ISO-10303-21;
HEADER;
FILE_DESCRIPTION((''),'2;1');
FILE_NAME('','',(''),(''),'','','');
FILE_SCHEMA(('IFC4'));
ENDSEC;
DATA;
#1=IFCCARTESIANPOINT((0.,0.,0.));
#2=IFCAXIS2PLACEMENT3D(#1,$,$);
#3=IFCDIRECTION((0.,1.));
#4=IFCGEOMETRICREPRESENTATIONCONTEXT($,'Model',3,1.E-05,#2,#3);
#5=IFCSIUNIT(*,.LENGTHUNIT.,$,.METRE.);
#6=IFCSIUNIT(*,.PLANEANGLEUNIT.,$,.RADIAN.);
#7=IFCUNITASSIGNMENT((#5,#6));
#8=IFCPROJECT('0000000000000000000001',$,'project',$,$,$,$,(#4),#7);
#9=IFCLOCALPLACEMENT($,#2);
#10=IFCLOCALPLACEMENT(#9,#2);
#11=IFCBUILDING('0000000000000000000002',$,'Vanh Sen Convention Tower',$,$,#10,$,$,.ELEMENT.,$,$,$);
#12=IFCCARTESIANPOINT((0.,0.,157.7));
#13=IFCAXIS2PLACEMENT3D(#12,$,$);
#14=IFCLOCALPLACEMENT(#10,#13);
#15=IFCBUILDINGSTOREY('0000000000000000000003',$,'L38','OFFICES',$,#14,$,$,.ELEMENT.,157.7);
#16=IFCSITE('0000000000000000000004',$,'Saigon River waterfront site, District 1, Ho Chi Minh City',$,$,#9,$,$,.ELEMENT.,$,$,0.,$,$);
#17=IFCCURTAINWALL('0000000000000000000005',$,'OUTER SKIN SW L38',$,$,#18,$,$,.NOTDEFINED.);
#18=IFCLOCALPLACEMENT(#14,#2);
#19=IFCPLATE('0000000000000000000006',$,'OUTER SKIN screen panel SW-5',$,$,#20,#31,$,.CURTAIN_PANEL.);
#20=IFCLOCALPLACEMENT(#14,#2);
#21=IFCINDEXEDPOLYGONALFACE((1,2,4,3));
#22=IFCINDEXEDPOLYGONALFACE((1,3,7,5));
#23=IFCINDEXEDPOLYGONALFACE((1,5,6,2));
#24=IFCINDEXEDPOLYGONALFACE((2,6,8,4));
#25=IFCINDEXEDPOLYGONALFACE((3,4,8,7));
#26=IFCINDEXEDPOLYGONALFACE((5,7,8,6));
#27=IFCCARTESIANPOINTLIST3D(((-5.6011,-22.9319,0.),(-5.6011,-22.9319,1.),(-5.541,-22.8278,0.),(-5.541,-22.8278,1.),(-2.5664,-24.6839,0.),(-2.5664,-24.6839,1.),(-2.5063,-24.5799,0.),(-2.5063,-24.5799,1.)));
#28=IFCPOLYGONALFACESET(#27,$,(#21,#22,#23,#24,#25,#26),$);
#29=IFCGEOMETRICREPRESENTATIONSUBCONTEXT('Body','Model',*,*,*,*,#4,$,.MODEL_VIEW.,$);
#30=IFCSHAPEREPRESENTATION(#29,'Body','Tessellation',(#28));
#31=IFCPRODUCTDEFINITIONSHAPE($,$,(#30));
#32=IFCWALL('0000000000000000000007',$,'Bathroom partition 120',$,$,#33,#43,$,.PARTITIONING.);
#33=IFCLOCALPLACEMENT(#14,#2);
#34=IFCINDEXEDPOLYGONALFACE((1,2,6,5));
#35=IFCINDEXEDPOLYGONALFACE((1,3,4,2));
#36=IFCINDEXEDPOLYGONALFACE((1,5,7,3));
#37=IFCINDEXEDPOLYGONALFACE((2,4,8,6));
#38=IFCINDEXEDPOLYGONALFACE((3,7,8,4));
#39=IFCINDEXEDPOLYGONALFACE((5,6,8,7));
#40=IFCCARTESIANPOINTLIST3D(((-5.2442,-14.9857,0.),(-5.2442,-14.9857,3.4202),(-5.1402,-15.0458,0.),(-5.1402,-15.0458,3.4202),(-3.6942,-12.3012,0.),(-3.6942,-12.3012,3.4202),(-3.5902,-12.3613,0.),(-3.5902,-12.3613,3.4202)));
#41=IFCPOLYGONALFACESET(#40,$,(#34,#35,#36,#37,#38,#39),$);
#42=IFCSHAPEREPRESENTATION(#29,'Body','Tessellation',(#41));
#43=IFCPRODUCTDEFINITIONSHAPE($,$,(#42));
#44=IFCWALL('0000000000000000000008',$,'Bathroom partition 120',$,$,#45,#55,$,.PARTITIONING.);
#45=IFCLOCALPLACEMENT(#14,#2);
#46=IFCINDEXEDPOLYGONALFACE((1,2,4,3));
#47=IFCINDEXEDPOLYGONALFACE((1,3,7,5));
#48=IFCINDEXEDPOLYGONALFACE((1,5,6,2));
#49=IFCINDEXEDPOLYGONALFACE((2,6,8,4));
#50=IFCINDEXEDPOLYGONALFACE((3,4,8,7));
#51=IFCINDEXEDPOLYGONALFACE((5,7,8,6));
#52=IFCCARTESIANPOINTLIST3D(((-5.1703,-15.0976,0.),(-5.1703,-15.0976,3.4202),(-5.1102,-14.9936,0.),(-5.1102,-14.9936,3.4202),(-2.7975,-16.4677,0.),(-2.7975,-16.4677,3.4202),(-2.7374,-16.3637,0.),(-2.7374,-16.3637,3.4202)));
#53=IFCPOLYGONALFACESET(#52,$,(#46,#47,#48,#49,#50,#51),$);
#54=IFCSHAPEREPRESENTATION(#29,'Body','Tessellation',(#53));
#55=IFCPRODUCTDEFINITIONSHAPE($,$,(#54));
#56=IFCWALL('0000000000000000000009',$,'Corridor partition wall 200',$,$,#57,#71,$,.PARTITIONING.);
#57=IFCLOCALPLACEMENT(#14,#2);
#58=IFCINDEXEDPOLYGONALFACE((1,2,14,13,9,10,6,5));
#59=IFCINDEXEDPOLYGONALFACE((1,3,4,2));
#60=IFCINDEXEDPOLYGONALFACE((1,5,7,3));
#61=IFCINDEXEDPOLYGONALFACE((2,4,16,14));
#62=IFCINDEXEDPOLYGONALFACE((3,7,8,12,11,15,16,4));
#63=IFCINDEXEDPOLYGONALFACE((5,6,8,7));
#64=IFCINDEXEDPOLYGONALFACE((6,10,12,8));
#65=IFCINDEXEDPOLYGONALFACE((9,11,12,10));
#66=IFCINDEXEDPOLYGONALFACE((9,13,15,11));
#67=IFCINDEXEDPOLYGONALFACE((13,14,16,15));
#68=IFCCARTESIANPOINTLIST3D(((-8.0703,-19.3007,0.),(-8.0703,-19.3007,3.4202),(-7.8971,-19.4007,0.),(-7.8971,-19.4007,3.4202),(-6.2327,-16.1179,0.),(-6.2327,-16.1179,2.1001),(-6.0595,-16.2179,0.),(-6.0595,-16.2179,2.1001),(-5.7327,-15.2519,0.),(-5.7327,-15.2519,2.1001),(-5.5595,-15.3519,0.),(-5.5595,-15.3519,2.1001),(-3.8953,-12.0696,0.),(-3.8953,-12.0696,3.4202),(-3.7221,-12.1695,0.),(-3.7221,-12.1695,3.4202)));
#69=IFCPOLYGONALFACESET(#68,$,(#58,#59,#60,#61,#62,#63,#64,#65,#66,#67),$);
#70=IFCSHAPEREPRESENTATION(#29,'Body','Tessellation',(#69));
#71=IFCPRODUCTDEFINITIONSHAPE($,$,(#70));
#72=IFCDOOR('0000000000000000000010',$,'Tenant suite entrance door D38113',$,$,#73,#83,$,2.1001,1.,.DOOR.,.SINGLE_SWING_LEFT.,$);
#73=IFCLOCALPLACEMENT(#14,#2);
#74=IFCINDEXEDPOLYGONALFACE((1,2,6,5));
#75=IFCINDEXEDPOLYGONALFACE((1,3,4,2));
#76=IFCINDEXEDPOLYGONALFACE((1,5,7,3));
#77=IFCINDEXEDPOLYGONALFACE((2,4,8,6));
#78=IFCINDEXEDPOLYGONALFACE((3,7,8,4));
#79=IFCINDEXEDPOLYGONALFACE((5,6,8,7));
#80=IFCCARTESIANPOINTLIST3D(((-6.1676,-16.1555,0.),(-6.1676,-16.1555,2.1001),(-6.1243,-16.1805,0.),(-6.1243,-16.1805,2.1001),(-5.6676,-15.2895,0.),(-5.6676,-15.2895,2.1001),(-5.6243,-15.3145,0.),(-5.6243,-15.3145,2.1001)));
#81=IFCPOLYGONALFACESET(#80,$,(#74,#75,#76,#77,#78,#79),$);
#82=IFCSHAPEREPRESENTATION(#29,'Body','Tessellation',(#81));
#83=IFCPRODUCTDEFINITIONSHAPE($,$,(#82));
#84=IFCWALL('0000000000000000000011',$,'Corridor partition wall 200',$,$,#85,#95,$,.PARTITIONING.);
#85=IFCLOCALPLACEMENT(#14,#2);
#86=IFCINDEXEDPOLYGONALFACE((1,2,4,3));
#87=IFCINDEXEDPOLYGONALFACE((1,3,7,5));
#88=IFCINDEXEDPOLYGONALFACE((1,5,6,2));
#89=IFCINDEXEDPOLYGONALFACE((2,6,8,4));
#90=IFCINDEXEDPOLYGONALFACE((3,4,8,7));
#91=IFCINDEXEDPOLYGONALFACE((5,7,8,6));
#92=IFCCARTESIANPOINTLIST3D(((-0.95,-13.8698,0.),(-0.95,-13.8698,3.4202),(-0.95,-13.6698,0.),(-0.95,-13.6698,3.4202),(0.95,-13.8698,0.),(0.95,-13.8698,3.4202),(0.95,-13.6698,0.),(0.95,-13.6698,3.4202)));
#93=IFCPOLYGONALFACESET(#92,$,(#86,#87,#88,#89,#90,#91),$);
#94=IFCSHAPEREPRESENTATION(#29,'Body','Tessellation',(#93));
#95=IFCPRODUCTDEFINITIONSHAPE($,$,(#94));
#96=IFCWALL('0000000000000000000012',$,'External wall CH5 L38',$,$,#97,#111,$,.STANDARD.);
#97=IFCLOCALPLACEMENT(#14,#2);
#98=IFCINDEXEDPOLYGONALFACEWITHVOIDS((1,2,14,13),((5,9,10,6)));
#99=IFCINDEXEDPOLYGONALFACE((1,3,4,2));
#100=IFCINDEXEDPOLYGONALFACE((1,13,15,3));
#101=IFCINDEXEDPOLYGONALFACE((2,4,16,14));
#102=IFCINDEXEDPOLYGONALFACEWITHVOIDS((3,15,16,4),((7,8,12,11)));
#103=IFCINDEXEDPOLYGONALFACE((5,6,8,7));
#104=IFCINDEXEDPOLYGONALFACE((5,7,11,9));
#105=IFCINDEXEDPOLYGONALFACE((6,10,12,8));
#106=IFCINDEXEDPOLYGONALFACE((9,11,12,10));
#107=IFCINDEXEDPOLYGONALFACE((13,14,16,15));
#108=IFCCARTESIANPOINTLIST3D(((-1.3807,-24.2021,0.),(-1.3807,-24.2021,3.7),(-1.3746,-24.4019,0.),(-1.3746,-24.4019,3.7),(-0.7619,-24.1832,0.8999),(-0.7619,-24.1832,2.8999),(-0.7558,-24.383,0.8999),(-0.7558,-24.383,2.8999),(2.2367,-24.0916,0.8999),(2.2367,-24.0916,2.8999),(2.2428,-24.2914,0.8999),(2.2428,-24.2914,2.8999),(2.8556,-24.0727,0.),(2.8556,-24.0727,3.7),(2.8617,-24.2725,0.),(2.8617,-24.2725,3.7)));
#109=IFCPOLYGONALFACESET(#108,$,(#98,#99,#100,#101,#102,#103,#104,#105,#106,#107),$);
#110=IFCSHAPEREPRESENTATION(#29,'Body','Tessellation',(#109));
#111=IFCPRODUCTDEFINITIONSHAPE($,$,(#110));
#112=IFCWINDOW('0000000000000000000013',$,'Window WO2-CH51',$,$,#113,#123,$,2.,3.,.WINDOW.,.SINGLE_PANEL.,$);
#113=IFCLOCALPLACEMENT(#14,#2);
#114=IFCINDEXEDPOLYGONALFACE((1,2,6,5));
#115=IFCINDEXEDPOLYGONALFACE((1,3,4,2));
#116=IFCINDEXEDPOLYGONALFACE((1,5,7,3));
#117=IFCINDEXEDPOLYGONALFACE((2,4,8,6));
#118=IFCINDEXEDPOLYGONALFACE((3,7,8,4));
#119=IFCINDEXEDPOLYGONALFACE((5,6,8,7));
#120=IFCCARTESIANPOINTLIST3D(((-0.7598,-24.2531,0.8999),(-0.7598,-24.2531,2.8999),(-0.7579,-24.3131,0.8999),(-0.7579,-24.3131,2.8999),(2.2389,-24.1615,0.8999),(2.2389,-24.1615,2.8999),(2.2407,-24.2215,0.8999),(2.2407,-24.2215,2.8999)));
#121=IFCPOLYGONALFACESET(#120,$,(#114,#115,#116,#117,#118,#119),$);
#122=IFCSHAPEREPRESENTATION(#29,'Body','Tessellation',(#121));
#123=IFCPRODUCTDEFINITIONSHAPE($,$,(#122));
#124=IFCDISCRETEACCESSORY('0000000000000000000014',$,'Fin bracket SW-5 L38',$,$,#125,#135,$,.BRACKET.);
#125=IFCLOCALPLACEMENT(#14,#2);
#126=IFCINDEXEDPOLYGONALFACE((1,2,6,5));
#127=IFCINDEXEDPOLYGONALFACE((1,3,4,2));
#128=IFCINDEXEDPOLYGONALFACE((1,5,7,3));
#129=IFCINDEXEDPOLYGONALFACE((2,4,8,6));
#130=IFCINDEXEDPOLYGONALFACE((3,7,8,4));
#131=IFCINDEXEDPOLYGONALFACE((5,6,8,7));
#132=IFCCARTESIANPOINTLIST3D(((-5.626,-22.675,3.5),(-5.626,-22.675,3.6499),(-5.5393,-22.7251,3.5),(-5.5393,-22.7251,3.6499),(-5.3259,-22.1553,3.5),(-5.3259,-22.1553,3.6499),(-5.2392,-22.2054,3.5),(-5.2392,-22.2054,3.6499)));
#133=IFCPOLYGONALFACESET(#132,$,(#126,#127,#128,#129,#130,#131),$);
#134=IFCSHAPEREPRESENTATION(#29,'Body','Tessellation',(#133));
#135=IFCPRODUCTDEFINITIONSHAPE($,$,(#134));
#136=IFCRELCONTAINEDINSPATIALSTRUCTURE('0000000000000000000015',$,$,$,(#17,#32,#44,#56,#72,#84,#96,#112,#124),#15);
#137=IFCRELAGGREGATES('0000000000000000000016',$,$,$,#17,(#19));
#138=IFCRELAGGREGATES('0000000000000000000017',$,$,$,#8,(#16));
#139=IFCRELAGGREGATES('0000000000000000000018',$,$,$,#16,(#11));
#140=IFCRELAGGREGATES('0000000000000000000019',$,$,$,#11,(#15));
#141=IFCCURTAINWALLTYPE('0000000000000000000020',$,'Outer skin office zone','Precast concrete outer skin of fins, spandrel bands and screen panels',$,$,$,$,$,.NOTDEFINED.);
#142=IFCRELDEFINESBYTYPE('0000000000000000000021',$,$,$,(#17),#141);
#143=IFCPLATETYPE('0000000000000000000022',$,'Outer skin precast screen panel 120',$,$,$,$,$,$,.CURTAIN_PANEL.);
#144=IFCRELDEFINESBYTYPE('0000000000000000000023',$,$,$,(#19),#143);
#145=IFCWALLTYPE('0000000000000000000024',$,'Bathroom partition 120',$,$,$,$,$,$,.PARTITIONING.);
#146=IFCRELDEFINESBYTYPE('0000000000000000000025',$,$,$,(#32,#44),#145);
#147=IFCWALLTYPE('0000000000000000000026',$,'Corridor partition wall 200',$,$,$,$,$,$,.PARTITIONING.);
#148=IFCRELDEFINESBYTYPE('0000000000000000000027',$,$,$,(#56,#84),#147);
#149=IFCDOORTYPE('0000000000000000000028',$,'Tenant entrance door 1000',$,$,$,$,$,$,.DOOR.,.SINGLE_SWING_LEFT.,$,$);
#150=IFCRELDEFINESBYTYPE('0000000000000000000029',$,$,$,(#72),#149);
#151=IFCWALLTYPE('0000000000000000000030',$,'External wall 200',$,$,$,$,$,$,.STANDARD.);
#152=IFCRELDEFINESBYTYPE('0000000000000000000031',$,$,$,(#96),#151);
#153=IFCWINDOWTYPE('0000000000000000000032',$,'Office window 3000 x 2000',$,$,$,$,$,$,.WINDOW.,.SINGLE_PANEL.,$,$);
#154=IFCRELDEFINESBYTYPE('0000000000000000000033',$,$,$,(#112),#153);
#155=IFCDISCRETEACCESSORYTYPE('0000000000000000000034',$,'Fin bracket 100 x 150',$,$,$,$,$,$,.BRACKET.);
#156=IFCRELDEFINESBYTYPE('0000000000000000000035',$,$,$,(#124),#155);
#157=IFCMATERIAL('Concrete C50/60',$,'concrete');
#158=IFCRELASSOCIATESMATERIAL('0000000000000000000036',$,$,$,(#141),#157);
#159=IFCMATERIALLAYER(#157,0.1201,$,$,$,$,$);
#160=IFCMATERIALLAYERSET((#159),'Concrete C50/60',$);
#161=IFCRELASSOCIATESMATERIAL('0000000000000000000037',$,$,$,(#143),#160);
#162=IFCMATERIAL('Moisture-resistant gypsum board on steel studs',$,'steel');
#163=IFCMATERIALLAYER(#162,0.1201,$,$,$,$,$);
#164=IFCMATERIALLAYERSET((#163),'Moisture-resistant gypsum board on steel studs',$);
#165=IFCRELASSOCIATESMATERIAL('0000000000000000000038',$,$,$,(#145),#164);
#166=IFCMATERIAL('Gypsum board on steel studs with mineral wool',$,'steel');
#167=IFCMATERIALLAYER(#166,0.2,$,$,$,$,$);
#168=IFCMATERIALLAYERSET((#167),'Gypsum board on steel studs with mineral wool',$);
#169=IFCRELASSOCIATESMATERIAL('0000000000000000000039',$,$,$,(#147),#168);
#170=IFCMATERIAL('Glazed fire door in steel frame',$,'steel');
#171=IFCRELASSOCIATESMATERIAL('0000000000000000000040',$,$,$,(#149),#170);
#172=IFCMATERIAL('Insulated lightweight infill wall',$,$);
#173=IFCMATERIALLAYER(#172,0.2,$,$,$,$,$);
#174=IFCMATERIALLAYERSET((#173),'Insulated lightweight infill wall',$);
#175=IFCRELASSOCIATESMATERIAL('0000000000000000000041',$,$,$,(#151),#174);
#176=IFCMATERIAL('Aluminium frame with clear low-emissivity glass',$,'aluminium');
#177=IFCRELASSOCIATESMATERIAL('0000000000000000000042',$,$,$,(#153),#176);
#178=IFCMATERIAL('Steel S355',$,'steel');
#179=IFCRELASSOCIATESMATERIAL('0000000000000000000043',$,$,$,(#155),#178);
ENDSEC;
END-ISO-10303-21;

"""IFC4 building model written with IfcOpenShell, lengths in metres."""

from ifc_helpers import new_model, si_unit, direction, frame, frame_2d, origin, origin_2d, place, context, subcontext, project, spatial, rectangle, extrude, material, layer, layer_set, type_object, element, fill, aggregate, save


model = new_model("IFC4")

# Units and contexts
model_context = context("Model", 3, precision=1e-05, world=origin(), true_north=direction((0.0, 1.0)))
body_context = subcontext(model_context, "Body", "Model", "MODEL_VIEW")
ifc_project = project(units=[si_unit("LENGTHUNIT", "METRE"), si_unit("PLANEANGLEUNIT", "RADIAN")], contexts=[model_context])

# Site, building, storey
site_placement = place(None, origin())
site = spatial("IfcSite", under=ifc_project, at=site_placement, Name="Saigon River waterfront site, District 1, Ho Chi Minh City", CompositionType="ELEMENT", RefElevation=0.0)
building_placement = place(site_placement, origin())
building = spatial("IfcBuilding", under=site, at=building_placement, Name="Vanh Sen Convention Tower", CompositionType="ELEMENT")
storey_placement = place(building_placement, frame((0.0, 0.0, 157.7)))
storey = spatial("IfcBuildingStorey", under=building, at=storey_placement, Name="L38", Description="OFFICES", CompositionType="ELEMENT", Elevation=157.7)

# Curtain wall
ifc_material_1 = material(Name="Concrete C50/60", Category="concrete")
curtain_wall_type = type_object("IfcCurtainWallType", Name="Outer skin office zone", Description="Precast concrete outer skin of fins, spandrel bands and screen panels", PredefinedType="NOTDEFINED", material=ifc_material_1)
curtain_wall_1_placement = place(storey_placement, origin())
curtain_wall_1 = element("IfcCurtainWall", 1, at=curtain_wall_1_placement, inside=storey, type_object=curtain_wall_type, Name="OUTER SKIN SW L38", PredefinedType="NOTDEFINED")

# Plate
ifc_layer_1 = layer(ifc_material_1, 0.1201)
ifc_layer_set_1 = layer_set([ifc_layer_1], Name="Concrete C50/60")
plate_type = type_object("IfcPlateType", Name="Outer skin precast screen panel 120", PredefinedType="CURTAIN_PANEL", material=ifc_layer_set_1)
plate_1_placement = place(storey_placement, frame((-4.0537, -23.7559, 0.0), z_axis=(0.0, 0.0, 1.0), x_axis=(0.866035, -0.499983, 0.0)))
plate_1 = element("IfcPlate", 2, at=plate_1_placement, type_object=plate_type, Name="OUTER SKIN screen panel SW-5", PredefinedType="CURTAIN_PANEL", context=body_context, shape_type="SweptSolid", body=[
    extrude(rectangle(XDim=3.5042, YDim=0.1201, at=origin_2d()), origin(), (0.0, 0.0, 1.0), 1.0),
])
aggregate(curtain_wall_1, [plate_1])

# Walls
ifc_material_2 = material(Name="Moisture-resistant gypsum board on steel studs", Category="steel")
ifc_layer_2 = layer(ifc_material_2, 0.1201)
ifc_layer_set_2 = layer_set([ifc_layer_2], Name="Moisture-resistant gypsum board on steel studs")
wall_type_1 = type_object("IfcWallType", Name="Bathroom partition 120", PredefinedType="PARTITIONING", material=ifc_layer_set_2)
wall_1_placement = place(storey_placement, frame((-5.1921, -15.0156, 0.0), z_axis=(0.0, 0.0, 1.0), x_axis=(0.500027, 0.86601, 0.0)))
element("IfcWall", 3, at=wall_1_placement, inside=storey, type_object=wall_type_1, Name="Bathroom partition 120", PredefinedType="PARTITIONING", context=body_context, shape_type="SweptSolid", body=[
    extrude(rectangle(XDim=3.0999, YDim=0.1201, at=frame_2d((1.5498, 0.0))), origin(), (0.0, 0.0, 1.0), 3.4202),
])
wall_2_placement = place(storey_placement, frame((-2.7673, -16.4158, 0.0), z_axis=(0.0, 0.0, 1.0), x_axis=(-0.865997, 0.500049, 0.0)))
element("IfcWall", 4, at=wall_2_placement, inside=storey, type_object=wall_type_1, Name="Bathroom partition 120", PredefinedType="PARTITIONING", context=body_context, shape_type="SweptSolid", body=[
    extrude(rectangle(XDim=2.74, YDim=0.1201, at=frame_2d((1.3701, 0.0))), origin(), (0.0, 0.0, 1.0), 3.4202),
])

# Wall, opening, door
ifc_material_3 = material(Name="Gypsum board on steel studs with mineral wool", Category="steel")
ifc_layer_3 = layer(ifc_material_3, 0.2)
ifc_layer_set_3 = layer_set([ifc_layer_3], Name="Gypsum board on steel studs with mineral wool")
wall_type_2 = type_object("IfcWallType", Name="Corridor partition wall 200", PredefinedType="PARTITIONING", material=ifc_layer_set_3)
wall_3_placement = place(storey_placement, frame((-7.9836, -19.3506, 0.0), z_axis=(0.0, 0.0, 1.0), x_axis=(0.50001, 0.86602, 0.0)))
wall_3 = element("IfcWall", 5, at=wall_3_placement, inside=storey, type_object=wall_type_2, Name="Corridor partition wall 200", PredefinedType="PARTITIONING", context=body_context, shape_type="SweptSolid", body=[
    extrude(rectangle(XDim=8.3499, YDim=0.2, at=frame_2d((4.1748, 0.0))), origin(), (0.0, 0.0, 1.0), 3.4202),
])
opening_1_placement = place(wall_3_placement, frame((3.675, 0.0, 0.0)))
opening_1 = element("IfcOpeningElement", 6, at=opening_1_placement, cuts=wall_3, PredefinedType="OPENING", context=body_context, shape_type="SweptSolid", body=[
    extrude(rectangle(XDim=1.0, YDim=2.1001, at=frame_2d((0.5, 1.05))), frame((0.0, 0.1099, 0.0), z_axis=(0.0, -1.0, 0.0), x_axis=(1.0, 0.0, 0.0)), (0.0, 0.0, 1.0), 0.22),
])
ifc_material_4 = material(Name="Glazed fire door in steel frame", Category="steel")
door_type = type_object("IfcDoorType", Name="Tenant entrance door 1000", OperationType="SINGLE_SWING_LEFT", PredefinedType="DOOR", material=ifc_material_4)
door_placement = place(opening_1_placement, origin())
door = element("IfcDoor", 7, at=door_placement, inside=storey, type_object=door_type, Name="Tenant suite entrance door D38113", OperationType="SINGLE_SWING_LEFT", OverallHeight=2.1001, OverallWidth=1.0, PredefinedType="DOOR", context=body_context, shape_type="SweptSolid", body=[
    extrude(rectangle(XDim=1.0, YDim=2.1001, at=frame_2d((0.5, 1.05))), frame((0.0, 0.0249, 0.0), z_axis=(0.0, -1.0, 0.0), x_axis=(1.0, 0.0, 0.0)), (0.0, 0.0, 1.0), 0.05),
])
fill(opening_1, door)

# Wall
wall_4_placement = place(storey_placement, frame((-0.95, -13.7698, 0.0), z_axis=(0.0, 0.0, 1.0), x_axis=(1.0, 0.0, 0.0)))
element("IfcWall", 8, at=wall_4_placement, inside=storey, type_object=wall_type_2, Name="Corridor partition wall 200", PredefinedType="PARTITIONING", context=body_context, shape_type="SweptSolid", body=[
    extrude(rectangle(XDim=1.8999, YDim=0.2, at=frame_2d((0.95, 0.0))), origin(), (0.0, 0.0, 1.0), 3.4202),
])

# Wall, opening, window
ifc_material_5 = material(Name="Insulated lightweight infill wall")
ifc_layer_4 = layer(ifc_material_5, 0.2)
ifc_layer_set_4 = layer_set([ifc_layer_4], Name="Insulated lightweight infill wall")
wall_type_3 = type_object("IfcWallType", Name="External wall 200", PredefinedType="STANDARD", material=ifc_layer_set_4)
wall_5_placement = place(storey_placement, frame((-1.3777, -24.302, 0.0), z_axis=(0.0, 0.0, 1.0), x_axis=(0.999534, 0.03053, 0.0)))
wall_5 = element("IfcWall", 9, at=wall_5_placement, inside=storey, type_object=wall_type_3, Name="External wall CH5 L38", PredefinedType="STANDARD", context=body_context, shape_type="SweptSolid", body=[
    extrude(rectangle(XDim=4.2383, YDim=0.2, at=frame_2d((2.1191, 0.0))), origin(), (0.0, 0.0, 1.0), 3.7),
])
opening_2_placement = place(wall_5_placement, frame((0.6191, 0.0, 0.8999)))
opening_2 = element("IfcOpeningElement", 10, at=opening_2_placement, cuts=wall_5, PredefinedType="OPENING", context=body_context, shape_type="SweptSolid", body=[
    extrude(rectangle(XDim=3.0, YDim=2.0, at=frame_2d((1.5, 1.0))), frame((0.0, 0.1099, 0.0), z_axis=(0.0, -1.0, 0.0), x_axis=(1.0, 0.0, 0.0)), (0.0, 0.0, 1.0), 0.22),
])
ifc_material_6 = material(Name="Aluminium frame with clear low-emissivity glass", Category="aluminium")
window_type = type_object("IfcWindowType", Name="Office window 3000 x 2000", PartitioningType="SINGLE_PANEL", PredefinedType="WINDOW", material=ifc_material_6)
window_placement = place(opening_2_placement, origin())
window = element("IfcWindow", 11, at=window_placement, inside=storey, type_object=window_type, Name="Window WO2-CH51", OverallHeight=2.0, OverallWidth=3.0, PartitioningType="SINGLE_PANEL", PredefinedType="WINDOW", context=body_context, shape_type="SweptSolid", body=[
    extrude(rectangle(XDim=3.0, YDim=2.0, at=frame_2d((1.5, 1.0))), frame((0.0, 0.03, 0.0), z_axis=(0.0, -1.0, 0.0), x_axis=(1.0, 0.0, 0.0)), (0.0, 0.0, 1.0), 0.0601),
])
fill(opening_2, window)

# Discrete accessory
ifc_material_7 = material(Name="Steel S355", Category="steel")
discrete_accessory_type = type_object("IfcDiscreteAccessoryType", Name="Fin bracket 100 x 150", PredefinedType="BRACKET", material=ifc_material_7)
discrete_accessory_placement = place(storey_placement, frame((-5.4326, -22.4402, 3.5), z_axis=(0.0, 0.0, 1.0), x_axis=(-0.5, -0.866025, 0.0)))
element("IfcDiscreteAccessory", 12, at=discrete_accessory_placement, inside=storey, type_object=discrete_accessory_type, Name="Fin bracket SW-5 L38", PredefinedType="BRACKET", context=body_context, shape_type="SweptSolid", body=[
    extrude(rectangle(XDim=0.6001, YDim=0.1001, at=origin_2d()), origin(), (0.0, 0.0, 1.0), 0.1499),
])

save(model, "model.ifc")
